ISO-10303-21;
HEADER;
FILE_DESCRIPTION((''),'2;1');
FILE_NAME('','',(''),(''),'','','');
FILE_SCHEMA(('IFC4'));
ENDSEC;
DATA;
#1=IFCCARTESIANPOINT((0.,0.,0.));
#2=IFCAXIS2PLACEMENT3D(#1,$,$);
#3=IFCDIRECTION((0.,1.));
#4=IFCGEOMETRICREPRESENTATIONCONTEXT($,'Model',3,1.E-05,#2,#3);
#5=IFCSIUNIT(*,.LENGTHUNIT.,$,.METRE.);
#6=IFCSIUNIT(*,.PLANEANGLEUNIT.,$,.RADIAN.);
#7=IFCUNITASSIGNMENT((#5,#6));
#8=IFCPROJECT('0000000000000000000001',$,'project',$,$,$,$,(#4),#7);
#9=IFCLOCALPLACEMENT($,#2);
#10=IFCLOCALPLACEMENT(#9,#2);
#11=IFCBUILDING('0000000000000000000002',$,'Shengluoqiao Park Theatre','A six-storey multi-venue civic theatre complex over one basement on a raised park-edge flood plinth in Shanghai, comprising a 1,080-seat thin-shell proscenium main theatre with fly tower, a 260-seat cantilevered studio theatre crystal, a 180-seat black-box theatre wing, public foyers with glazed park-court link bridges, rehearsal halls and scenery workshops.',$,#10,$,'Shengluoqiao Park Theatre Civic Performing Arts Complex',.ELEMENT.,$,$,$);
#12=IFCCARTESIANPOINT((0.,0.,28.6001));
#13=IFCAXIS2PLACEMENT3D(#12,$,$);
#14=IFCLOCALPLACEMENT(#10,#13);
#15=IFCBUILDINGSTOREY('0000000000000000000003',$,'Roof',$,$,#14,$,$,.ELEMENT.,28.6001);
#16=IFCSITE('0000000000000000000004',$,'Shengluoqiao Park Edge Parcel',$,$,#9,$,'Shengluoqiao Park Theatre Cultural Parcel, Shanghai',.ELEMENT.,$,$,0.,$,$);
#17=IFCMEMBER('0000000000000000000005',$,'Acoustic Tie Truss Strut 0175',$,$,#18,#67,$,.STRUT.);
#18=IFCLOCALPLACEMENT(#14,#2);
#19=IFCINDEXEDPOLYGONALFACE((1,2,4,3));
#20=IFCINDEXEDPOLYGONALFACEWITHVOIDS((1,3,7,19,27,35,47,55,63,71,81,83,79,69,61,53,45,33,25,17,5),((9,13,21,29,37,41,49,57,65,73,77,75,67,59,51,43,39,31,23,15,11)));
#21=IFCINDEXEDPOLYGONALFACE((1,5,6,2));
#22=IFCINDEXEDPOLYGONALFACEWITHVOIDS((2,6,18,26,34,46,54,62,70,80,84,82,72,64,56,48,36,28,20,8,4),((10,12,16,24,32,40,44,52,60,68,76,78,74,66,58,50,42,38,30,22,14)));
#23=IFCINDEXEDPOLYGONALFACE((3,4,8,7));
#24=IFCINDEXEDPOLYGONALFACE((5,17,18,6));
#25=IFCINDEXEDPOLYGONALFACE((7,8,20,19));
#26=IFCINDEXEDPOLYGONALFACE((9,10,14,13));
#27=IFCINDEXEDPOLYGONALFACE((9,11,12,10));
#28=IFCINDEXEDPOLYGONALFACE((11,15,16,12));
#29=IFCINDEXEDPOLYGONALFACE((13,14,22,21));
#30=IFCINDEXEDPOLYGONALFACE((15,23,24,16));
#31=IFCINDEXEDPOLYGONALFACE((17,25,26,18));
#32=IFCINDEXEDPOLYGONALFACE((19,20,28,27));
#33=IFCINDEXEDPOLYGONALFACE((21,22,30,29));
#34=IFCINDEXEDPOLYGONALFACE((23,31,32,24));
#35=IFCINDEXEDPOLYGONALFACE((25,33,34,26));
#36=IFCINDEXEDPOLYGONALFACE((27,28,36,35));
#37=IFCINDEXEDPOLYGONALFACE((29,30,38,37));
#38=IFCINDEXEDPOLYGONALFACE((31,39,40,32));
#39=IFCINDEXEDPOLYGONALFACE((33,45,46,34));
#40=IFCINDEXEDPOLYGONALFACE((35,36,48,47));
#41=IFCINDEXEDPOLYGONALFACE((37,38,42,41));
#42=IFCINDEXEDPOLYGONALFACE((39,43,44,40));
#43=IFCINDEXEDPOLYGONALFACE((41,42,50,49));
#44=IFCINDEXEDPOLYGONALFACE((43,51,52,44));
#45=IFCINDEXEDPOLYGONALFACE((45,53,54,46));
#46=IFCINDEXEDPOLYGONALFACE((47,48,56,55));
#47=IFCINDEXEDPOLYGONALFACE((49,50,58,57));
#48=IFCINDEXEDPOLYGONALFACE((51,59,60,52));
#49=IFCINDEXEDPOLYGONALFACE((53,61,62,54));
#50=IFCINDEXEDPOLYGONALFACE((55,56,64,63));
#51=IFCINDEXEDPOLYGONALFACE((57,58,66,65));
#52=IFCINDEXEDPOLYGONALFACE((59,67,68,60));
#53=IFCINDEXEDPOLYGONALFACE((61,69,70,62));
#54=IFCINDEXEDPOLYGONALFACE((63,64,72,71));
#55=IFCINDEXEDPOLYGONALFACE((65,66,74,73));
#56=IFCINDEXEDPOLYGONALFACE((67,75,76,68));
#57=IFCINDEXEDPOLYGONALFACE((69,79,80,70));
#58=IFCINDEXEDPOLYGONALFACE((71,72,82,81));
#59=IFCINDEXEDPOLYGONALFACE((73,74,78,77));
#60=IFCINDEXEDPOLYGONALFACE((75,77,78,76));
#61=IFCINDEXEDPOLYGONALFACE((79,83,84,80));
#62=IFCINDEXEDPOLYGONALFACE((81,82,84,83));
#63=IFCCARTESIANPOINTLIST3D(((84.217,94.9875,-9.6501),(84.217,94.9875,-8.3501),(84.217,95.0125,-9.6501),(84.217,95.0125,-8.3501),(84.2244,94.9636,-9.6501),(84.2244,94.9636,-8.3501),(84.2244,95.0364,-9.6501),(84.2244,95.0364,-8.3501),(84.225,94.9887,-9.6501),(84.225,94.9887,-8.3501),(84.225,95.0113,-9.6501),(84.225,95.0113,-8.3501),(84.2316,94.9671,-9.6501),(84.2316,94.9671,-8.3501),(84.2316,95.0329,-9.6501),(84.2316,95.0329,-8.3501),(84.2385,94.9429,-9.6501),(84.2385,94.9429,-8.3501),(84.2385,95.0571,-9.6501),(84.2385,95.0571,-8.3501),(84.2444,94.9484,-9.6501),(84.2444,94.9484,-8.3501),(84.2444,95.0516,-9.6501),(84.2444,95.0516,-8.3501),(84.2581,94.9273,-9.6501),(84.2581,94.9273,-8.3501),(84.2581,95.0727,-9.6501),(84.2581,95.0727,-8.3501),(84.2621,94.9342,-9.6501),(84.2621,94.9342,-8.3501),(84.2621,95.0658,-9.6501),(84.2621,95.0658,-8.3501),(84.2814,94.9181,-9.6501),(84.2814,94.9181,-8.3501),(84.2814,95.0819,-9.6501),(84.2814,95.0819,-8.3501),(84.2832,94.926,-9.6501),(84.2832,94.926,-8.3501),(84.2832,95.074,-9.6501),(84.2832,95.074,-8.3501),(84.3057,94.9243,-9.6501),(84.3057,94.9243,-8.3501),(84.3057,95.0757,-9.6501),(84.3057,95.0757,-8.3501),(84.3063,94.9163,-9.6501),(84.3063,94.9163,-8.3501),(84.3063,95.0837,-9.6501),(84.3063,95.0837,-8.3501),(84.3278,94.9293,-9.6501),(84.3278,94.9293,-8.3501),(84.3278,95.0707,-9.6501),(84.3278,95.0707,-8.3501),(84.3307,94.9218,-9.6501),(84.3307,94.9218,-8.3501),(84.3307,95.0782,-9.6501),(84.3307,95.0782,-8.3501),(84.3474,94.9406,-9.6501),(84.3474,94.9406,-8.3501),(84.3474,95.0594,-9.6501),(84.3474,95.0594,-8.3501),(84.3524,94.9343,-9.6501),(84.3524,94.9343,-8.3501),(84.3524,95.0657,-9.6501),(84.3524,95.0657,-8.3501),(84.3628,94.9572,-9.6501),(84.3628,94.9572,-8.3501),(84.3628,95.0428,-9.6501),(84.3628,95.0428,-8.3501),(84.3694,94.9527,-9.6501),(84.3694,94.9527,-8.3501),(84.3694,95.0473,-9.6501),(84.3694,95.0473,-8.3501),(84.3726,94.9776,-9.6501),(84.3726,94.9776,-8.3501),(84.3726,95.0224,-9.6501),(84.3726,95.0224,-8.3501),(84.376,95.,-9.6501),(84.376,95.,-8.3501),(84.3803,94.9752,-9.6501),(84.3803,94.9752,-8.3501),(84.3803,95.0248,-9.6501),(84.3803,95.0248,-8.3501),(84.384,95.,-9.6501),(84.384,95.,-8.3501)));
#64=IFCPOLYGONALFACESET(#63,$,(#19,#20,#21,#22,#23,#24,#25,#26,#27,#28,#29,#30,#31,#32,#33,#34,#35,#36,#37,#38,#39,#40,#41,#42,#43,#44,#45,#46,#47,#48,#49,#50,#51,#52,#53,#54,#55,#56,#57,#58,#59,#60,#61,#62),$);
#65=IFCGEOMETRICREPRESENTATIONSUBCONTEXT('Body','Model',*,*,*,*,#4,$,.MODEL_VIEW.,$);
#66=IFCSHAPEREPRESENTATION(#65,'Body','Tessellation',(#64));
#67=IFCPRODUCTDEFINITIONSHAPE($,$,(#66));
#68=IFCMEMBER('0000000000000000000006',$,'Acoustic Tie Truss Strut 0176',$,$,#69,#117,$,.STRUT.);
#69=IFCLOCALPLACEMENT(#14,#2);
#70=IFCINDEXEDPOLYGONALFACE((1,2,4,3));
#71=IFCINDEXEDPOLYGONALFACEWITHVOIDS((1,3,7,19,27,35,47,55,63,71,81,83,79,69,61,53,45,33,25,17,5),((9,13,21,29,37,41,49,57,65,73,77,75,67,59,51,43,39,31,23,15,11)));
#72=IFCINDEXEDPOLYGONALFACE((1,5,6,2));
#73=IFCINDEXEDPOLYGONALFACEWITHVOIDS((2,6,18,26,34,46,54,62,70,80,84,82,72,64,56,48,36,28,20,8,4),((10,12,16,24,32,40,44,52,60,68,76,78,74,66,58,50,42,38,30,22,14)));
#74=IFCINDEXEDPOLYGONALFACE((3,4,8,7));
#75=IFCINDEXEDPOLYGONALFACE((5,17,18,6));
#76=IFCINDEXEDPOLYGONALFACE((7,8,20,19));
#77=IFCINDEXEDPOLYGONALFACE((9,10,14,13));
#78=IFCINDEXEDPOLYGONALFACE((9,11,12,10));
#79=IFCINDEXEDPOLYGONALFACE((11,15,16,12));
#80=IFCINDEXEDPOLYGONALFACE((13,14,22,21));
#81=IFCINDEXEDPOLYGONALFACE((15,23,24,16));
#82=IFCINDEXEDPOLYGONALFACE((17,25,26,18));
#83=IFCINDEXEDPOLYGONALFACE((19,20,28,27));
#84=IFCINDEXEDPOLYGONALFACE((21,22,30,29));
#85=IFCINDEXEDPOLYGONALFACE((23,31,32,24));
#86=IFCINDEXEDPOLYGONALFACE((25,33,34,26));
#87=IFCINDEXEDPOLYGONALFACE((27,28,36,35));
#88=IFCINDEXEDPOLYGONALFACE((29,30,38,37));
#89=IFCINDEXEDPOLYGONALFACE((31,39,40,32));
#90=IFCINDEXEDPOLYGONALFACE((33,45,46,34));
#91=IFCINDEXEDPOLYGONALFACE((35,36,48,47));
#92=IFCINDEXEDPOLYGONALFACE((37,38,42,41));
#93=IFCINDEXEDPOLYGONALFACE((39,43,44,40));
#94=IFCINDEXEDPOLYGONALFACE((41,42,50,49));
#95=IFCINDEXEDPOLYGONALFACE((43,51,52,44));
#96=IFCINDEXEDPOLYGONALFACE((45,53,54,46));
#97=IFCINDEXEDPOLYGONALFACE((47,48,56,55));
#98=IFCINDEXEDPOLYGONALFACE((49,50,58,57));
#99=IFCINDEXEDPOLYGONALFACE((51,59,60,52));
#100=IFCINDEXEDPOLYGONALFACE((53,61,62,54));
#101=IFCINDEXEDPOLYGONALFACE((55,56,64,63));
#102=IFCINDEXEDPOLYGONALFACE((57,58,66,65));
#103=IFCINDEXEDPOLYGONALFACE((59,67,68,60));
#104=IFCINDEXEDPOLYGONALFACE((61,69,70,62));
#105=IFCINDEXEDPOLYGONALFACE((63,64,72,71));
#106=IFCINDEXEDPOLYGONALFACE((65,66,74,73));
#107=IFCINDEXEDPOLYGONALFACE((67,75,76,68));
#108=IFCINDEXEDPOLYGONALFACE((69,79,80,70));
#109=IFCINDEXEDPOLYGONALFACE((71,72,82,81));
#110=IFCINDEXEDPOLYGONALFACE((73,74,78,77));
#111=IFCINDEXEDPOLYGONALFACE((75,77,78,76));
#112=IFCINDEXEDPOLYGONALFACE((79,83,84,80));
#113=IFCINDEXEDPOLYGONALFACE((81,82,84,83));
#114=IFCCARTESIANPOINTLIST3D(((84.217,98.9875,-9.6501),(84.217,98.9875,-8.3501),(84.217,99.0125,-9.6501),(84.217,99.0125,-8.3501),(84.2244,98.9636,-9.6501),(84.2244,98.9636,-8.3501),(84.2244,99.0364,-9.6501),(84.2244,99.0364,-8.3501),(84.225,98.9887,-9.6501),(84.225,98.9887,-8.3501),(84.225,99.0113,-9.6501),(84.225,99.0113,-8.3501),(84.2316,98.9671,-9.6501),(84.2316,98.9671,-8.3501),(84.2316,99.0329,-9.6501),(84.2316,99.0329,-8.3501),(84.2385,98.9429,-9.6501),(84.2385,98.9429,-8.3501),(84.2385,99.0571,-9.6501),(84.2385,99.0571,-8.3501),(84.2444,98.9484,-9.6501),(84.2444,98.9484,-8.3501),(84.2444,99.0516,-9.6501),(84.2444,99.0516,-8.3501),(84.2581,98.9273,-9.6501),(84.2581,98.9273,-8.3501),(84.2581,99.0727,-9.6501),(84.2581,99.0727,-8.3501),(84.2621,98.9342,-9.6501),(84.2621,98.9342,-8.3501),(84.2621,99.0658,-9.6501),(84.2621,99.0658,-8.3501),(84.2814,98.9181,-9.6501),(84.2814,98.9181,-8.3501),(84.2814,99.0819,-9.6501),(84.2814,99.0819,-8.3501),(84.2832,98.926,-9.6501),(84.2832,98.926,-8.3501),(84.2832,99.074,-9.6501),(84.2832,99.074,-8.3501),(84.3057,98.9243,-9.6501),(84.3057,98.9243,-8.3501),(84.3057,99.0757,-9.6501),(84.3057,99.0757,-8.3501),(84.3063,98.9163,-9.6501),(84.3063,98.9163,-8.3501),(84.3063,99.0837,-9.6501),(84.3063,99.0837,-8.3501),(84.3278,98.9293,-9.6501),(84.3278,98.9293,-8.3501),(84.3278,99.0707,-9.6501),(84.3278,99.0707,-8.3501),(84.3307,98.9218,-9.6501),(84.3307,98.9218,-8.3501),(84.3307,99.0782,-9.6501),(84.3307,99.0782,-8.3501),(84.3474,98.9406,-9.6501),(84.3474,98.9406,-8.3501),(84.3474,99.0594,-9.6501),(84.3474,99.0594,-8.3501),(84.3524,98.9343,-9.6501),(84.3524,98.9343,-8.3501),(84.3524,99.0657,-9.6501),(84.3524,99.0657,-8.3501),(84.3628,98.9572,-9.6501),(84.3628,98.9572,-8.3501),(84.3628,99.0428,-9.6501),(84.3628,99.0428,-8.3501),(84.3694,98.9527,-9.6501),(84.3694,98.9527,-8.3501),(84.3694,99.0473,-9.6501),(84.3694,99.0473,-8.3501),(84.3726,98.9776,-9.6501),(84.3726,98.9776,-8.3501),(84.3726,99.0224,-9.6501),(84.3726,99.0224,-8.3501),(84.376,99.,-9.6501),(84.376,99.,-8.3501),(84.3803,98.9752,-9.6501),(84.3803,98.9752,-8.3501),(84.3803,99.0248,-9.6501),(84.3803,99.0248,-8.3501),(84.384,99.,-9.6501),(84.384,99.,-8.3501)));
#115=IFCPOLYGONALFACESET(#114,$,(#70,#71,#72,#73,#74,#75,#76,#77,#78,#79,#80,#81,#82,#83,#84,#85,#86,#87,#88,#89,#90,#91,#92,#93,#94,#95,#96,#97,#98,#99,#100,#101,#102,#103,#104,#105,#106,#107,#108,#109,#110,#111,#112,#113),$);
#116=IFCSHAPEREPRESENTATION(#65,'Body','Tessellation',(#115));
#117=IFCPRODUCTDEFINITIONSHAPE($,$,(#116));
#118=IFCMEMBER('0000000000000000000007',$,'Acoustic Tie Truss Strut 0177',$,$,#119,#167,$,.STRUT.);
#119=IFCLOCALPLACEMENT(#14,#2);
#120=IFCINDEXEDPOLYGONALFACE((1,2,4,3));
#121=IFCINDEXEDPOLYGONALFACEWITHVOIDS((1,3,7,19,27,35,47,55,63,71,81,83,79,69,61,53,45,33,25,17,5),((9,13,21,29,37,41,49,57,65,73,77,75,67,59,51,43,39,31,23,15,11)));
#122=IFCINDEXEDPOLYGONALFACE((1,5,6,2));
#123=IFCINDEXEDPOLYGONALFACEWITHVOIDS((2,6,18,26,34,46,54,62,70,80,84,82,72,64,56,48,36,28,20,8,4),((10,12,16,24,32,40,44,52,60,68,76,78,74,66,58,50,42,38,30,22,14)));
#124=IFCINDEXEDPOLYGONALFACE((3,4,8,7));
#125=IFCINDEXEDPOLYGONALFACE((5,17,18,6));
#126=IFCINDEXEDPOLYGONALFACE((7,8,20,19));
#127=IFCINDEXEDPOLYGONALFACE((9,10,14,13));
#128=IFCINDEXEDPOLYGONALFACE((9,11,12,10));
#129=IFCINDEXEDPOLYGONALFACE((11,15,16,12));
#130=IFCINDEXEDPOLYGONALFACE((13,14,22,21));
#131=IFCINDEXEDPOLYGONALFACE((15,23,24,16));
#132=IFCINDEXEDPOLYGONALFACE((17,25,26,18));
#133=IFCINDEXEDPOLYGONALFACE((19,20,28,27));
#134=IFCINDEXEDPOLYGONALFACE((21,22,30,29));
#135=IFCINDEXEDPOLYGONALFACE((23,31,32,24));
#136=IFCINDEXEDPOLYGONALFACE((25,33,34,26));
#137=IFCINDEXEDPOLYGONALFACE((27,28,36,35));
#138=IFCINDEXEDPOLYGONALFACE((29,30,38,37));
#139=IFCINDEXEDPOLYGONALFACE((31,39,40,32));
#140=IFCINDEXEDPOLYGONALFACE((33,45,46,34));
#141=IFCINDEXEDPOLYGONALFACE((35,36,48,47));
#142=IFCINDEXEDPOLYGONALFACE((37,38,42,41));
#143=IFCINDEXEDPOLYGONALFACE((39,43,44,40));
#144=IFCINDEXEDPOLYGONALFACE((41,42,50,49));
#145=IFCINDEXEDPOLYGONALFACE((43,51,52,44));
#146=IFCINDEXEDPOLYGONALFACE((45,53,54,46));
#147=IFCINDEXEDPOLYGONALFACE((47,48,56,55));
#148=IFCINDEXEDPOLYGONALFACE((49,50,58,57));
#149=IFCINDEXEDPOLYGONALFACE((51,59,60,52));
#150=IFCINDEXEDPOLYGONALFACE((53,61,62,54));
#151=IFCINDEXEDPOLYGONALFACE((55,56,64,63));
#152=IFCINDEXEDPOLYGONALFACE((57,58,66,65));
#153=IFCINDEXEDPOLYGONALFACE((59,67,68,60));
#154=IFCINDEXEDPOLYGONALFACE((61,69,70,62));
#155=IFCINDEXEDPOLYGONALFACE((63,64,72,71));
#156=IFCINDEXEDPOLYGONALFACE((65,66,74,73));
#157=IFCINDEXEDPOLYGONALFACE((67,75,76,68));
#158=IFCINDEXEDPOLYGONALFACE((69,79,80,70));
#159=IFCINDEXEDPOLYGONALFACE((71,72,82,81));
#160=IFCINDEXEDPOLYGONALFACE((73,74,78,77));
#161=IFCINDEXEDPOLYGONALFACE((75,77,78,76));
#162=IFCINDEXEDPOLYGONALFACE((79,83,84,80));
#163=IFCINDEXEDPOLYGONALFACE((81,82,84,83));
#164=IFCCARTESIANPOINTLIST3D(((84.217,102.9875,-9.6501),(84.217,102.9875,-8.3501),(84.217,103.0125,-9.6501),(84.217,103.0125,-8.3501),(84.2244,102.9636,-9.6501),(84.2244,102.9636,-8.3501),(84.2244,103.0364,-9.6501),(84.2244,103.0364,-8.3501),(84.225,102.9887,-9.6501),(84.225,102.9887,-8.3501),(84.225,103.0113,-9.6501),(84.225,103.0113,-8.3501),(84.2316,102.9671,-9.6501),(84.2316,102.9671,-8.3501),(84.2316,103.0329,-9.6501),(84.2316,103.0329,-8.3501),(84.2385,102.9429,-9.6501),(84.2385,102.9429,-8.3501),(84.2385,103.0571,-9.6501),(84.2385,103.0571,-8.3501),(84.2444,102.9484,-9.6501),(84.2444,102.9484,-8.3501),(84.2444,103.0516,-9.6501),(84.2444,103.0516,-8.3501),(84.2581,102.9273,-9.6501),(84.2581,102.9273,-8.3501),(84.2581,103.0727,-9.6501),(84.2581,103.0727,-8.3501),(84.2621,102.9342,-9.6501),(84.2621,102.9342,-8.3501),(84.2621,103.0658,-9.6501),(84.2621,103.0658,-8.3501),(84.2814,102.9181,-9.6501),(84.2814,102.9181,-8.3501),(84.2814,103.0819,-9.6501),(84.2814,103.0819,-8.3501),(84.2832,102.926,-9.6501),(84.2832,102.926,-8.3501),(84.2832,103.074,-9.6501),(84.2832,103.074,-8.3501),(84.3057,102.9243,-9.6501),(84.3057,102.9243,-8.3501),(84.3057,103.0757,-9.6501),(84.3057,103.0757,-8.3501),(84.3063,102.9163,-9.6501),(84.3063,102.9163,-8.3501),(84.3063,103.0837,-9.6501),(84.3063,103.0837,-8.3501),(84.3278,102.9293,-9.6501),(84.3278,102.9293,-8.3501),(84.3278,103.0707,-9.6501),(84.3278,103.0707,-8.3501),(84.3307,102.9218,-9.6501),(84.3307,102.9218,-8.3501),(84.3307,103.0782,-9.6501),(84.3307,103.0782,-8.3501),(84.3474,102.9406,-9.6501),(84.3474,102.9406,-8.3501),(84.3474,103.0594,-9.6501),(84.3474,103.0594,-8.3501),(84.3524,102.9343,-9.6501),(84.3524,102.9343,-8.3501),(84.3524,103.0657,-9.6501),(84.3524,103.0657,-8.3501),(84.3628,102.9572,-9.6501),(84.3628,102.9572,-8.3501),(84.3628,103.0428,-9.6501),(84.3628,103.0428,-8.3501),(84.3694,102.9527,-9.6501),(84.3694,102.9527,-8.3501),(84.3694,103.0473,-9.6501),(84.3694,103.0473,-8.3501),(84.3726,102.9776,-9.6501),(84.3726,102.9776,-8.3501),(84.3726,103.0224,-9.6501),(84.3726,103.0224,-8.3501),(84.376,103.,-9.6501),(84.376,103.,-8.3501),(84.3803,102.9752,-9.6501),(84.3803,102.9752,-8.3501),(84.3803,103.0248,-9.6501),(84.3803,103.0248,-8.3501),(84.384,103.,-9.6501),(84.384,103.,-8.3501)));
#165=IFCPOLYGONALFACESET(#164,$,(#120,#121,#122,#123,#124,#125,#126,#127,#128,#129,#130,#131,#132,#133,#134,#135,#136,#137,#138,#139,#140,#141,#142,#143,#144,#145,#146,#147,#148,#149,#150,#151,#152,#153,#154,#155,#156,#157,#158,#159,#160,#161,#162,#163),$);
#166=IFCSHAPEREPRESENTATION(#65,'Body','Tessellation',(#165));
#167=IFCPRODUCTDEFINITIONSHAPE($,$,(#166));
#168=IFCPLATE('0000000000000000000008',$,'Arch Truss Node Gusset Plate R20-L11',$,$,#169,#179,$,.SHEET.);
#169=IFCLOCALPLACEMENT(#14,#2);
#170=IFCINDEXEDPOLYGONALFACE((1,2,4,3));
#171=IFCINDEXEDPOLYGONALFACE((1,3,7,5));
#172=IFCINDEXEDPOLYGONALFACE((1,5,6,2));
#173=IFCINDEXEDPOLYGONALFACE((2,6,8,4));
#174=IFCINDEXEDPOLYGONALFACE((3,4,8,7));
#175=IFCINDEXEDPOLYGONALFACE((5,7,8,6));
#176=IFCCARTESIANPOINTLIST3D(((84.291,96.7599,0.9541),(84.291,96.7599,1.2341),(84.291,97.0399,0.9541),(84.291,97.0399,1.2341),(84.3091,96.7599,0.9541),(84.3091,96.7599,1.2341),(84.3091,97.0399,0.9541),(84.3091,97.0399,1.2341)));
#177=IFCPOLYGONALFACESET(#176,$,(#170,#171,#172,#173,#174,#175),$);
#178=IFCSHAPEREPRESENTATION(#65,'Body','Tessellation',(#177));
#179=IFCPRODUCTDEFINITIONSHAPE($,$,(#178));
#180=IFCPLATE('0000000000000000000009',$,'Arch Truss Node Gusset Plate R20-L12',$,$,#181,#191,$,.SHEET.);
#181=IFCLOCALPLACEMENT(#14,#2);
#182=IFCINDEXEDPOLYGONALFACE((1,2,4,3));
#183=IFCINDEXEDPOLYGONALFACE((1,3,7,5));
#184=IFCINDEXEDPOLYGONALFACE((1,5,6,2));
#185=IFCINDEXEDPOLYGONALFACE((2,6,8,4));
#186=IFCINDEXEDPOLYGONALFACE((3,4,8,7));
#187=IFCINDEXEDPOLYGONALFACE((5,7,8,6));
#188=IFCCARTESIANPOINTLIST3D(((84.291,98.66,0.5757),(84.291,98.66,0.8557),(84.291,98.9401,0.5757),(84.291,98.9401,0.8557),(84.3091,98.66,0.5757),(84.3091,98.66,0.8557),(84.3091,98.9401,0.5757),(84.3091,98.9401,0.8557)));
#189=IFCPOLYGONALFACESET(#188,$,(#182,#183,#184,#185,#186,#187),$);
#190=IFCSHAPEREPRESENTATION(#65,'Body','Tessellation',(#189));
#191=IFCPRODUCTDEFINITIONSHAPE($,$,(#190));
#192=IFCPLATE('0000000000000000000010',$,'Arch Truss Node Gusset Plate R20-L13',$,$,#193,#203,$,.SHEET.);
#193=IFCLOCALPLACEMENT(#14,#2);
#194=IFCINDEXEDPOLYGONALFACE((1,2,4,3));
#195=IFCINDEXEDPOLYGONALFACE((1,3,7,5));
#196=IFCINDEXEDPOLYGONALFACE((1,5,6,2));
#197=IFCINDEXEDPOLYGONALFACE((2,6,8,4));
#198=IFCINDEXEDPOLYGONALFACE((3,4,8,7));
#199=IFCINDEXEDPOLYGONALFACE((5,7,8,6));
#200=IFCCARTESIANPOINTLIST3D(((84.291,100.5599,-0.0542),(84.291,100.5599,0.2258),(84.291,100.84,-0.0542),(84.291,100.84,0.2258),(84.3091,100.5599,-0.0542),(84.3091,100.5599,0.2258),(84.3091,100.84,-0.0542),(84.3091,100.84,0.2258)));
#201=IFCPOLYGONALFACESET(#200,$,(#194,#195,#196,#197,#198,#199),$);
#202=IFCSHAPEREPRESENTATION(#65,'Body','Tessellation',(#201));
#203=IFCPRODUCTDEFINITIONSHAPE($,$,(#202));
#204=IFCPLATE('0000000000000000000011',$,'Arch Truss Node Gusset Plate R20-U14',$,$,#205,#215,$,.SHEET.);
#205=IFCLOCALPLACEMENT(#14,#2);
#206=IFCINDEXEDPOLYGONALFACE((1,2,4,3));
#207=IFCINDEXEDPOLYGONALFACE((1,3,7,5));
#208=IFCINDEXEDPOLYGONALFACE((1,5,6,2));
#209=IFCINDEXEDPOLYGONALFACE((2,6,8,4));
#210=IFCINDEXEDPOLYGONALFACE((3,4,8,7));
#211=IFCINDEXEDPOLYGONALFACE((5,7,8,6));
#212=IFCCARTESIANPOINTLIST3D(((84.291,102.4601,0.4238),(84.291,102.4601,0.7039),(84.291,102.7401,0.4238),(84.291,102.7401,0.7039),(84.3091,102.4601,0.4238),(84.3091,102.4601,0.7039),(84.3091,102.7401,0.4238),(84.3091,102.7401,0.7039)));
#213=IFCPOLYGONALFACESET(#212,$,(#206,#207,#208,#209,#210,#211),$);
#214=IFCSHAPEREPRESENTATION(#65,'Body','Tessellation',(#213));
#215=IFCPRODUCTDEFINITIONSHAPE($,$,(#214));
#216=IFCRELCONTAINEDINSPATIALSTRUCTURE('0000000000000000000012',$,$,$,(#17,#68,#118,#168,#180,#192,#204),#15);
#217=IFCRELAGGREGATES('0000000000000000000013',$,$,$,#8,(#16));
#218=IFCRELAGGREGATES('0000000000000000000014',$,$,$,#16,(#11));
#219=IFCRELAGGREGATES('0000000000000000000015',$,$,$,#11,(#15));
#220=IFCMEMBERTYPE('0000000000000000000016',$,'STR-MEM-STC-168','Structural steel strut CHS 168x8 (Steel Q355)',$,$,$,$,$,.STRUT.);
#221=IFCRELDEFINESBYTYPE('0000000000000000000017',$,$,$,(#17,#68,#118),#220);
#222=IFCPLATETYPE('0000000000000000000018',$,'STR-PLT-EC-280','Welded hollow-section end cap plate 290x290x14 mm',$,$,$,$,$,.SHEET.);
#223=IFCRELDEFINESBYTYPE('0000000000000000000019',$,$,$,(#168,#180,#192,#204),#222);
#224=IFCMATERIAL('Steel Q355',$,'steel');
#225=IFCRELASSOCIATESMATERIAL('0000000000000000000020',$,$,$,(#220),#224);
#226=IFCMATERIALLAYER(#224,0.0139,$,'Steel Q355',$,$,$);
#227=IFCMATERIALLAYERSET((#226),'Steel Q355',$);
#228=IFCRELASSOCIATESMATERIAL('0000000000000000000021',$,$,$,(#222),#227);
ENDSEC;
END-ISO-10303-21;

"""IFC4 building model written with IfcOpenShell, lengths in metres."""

from ifc_helpers import new_model, si_unit, direction, frame, origin, origin_2d, place, context, subcontext, project, spatial, rectangle, hollow_circle, extrude, material, layer, layer_set, material_profile, profile_set, type_object, element, save


model = new_model("IFC4")

# Units and contexts
model_context = context("Model", 3, precision=1e-05, world=origin(), true_north=direction((0.0, 1.0)))
body_context = subcontext(model_context, "Body", "Model", "MODEL_VIEW")
ifc_project = project(units=[si_unit("LENGTHUNIT", "METRE"), si_unit("PLANEANGLEUNIT", "RADIAN")], contexts=[model_context])

# Site, building, storey
site_placement = place(None, origin())
site = spatial("IfcSite", under=ifc_project, at=site_placement, Name="Shengluoqiao Park Edge Parcel", LongName="Shengluoqiao Park Theatre Cultural Parcel, Shanghai", CompositionType="ELEMENT", RefElevation=0.0)
building_placement = place(site_placement, origin())
building = spatial("IfcBuilding", under=site, at=building_placement, Name="Shengluoqiao Park Theatre", Description="A six-storey multi-venue civic theatre complex over one basement on a raised park-edge flood plinth in Shanghai, comprising a 1,080-seat thin-shell proscenium main theatre with fly tower, a 260-seat cantilevered studio theatre crystal, a 180-seat black-box theatre wing, public foyers with glazed park-court link bridges, rehearsal halls and scenery workshops.", LongName="Shengluoqiao Park Theatre Civic Performing Arts Complex", CompositionType="ELEMENT")
storey_placement = place(building_placement, frame((0.0, 0.0, 28.6001)))
storey = spatial("IfcBuildingStorey", under=building, at=storey_placement, Name="Roof", CompositionType="ELEMENT", Elevation=28.6001)

# Shared definitions
ifc_material_1 = material(Name="Steel Q355", Category="steel")

# Members
ifc_material_profile_1 = material_profile(ifc_material_1, hollow_circle(Radius=0.084, WallThickness=0.0081, at=origin_2d()), Name="CHS 168x8")
ifc_profile_set_1 = profile_set([ifc_material_profile_1], Name="Steel Q355")
member_type_1 = type_object("IfcMemberType", Name="STR-MEM-STC-168", Description="Structural steel strut CHS 168x8 (Steel Q355)", PredefinedType="STRUT", material=ifc_profile_set_1)
for number, where, z_axis, x_axis, name in (
    (1, (84.3, 95.0, -9.6501), (0.0, 0.0, 1.0), (1.0, 0.0, 0.0), "Acoustic Tie Truss Strut 0175"),
    (2, (84.3, 99.0, -9.6501), (0.0, 0.0, 1.0), (1.0, 0.0, 0.0), "Acoustic Tie Truss Strut 0176"),
    (3, (84.3, 103.0, -9.6501), (0.0, 0.0, 1.0), (1.0, 0.0, 0.0), "Acoustic Tie Truss Strut 0177"),
):
    element("IfcMember", number, at=place(storey_placement, frame(where, z_axis=z_axis, x_axis=x_axis)), inside=storey, type_object=member_type_1, Name=name, PredefinedType="STRUT", context=body_context, shape_type="SweptSolid", body=[
        extrude(hollow_circle(Radius=0.084, WallThickness=0.0081, at=origin_2d()), origin(), (0.0, 0.0, 1.0), 1.3),
    ])

# Plates
ifc_layer = layer(ifc_material_1, 0.0139, Name="Steel Q355")
ifc_layer_set = layer_set([ifc_layer], Name="Steel Q355")
plate_type = type_object("IfcPlateType", Name="STR-PLT-EC-280", Description="Welded hollow-section end cap plate 290x290x14 mm", PredefinedType="SHEET", material=ifc_layer_set)
for number, where, z_axis, x_axis, name in (
    (4, (84.3, 96.8999, 0.9541), (0.0, 0.0, 1.0), (1.0, 0.0, 0.0), "Arch Truss Node Gusset Plate R20-L11"),
    (5, (84.3, 98.8, 0.5757), (0.0, 0.0, 1.0), (1.0, 0.0, 0.0), "Arch Truss Node Gusset Plate R20-L12"),
    (6, (84.3, 100.7, -0.0542), (0.0, 0.0, 1.0), (1.0, 0.0, 0.0), "Arch Truss Node Gusset Plate R20-L13"),
    (7, (84.3, 102.6001, 0.4238), (0.0, 0.0, 1.0), (1.0, 0.0, 0.0), "Arch Truss Node Gusset Plate R20-U14"),
):
    element("IfcPlate", number, at=place(storey_placement, frame(where, z_axis=z_axis, x_axis=x_axis)), inside=storey, type_object=plate_type, Name=name, PredefinedType="SHEET", context=body_context, shape_type="SweptSolid", body=[
        extrude(rectangle(XDim=0.0181, YDim=0.28, at=origin_2d()), origin(), (0.0, 0.0, 1.0), 0.28),
    ])

save(model, "model.ifc")
